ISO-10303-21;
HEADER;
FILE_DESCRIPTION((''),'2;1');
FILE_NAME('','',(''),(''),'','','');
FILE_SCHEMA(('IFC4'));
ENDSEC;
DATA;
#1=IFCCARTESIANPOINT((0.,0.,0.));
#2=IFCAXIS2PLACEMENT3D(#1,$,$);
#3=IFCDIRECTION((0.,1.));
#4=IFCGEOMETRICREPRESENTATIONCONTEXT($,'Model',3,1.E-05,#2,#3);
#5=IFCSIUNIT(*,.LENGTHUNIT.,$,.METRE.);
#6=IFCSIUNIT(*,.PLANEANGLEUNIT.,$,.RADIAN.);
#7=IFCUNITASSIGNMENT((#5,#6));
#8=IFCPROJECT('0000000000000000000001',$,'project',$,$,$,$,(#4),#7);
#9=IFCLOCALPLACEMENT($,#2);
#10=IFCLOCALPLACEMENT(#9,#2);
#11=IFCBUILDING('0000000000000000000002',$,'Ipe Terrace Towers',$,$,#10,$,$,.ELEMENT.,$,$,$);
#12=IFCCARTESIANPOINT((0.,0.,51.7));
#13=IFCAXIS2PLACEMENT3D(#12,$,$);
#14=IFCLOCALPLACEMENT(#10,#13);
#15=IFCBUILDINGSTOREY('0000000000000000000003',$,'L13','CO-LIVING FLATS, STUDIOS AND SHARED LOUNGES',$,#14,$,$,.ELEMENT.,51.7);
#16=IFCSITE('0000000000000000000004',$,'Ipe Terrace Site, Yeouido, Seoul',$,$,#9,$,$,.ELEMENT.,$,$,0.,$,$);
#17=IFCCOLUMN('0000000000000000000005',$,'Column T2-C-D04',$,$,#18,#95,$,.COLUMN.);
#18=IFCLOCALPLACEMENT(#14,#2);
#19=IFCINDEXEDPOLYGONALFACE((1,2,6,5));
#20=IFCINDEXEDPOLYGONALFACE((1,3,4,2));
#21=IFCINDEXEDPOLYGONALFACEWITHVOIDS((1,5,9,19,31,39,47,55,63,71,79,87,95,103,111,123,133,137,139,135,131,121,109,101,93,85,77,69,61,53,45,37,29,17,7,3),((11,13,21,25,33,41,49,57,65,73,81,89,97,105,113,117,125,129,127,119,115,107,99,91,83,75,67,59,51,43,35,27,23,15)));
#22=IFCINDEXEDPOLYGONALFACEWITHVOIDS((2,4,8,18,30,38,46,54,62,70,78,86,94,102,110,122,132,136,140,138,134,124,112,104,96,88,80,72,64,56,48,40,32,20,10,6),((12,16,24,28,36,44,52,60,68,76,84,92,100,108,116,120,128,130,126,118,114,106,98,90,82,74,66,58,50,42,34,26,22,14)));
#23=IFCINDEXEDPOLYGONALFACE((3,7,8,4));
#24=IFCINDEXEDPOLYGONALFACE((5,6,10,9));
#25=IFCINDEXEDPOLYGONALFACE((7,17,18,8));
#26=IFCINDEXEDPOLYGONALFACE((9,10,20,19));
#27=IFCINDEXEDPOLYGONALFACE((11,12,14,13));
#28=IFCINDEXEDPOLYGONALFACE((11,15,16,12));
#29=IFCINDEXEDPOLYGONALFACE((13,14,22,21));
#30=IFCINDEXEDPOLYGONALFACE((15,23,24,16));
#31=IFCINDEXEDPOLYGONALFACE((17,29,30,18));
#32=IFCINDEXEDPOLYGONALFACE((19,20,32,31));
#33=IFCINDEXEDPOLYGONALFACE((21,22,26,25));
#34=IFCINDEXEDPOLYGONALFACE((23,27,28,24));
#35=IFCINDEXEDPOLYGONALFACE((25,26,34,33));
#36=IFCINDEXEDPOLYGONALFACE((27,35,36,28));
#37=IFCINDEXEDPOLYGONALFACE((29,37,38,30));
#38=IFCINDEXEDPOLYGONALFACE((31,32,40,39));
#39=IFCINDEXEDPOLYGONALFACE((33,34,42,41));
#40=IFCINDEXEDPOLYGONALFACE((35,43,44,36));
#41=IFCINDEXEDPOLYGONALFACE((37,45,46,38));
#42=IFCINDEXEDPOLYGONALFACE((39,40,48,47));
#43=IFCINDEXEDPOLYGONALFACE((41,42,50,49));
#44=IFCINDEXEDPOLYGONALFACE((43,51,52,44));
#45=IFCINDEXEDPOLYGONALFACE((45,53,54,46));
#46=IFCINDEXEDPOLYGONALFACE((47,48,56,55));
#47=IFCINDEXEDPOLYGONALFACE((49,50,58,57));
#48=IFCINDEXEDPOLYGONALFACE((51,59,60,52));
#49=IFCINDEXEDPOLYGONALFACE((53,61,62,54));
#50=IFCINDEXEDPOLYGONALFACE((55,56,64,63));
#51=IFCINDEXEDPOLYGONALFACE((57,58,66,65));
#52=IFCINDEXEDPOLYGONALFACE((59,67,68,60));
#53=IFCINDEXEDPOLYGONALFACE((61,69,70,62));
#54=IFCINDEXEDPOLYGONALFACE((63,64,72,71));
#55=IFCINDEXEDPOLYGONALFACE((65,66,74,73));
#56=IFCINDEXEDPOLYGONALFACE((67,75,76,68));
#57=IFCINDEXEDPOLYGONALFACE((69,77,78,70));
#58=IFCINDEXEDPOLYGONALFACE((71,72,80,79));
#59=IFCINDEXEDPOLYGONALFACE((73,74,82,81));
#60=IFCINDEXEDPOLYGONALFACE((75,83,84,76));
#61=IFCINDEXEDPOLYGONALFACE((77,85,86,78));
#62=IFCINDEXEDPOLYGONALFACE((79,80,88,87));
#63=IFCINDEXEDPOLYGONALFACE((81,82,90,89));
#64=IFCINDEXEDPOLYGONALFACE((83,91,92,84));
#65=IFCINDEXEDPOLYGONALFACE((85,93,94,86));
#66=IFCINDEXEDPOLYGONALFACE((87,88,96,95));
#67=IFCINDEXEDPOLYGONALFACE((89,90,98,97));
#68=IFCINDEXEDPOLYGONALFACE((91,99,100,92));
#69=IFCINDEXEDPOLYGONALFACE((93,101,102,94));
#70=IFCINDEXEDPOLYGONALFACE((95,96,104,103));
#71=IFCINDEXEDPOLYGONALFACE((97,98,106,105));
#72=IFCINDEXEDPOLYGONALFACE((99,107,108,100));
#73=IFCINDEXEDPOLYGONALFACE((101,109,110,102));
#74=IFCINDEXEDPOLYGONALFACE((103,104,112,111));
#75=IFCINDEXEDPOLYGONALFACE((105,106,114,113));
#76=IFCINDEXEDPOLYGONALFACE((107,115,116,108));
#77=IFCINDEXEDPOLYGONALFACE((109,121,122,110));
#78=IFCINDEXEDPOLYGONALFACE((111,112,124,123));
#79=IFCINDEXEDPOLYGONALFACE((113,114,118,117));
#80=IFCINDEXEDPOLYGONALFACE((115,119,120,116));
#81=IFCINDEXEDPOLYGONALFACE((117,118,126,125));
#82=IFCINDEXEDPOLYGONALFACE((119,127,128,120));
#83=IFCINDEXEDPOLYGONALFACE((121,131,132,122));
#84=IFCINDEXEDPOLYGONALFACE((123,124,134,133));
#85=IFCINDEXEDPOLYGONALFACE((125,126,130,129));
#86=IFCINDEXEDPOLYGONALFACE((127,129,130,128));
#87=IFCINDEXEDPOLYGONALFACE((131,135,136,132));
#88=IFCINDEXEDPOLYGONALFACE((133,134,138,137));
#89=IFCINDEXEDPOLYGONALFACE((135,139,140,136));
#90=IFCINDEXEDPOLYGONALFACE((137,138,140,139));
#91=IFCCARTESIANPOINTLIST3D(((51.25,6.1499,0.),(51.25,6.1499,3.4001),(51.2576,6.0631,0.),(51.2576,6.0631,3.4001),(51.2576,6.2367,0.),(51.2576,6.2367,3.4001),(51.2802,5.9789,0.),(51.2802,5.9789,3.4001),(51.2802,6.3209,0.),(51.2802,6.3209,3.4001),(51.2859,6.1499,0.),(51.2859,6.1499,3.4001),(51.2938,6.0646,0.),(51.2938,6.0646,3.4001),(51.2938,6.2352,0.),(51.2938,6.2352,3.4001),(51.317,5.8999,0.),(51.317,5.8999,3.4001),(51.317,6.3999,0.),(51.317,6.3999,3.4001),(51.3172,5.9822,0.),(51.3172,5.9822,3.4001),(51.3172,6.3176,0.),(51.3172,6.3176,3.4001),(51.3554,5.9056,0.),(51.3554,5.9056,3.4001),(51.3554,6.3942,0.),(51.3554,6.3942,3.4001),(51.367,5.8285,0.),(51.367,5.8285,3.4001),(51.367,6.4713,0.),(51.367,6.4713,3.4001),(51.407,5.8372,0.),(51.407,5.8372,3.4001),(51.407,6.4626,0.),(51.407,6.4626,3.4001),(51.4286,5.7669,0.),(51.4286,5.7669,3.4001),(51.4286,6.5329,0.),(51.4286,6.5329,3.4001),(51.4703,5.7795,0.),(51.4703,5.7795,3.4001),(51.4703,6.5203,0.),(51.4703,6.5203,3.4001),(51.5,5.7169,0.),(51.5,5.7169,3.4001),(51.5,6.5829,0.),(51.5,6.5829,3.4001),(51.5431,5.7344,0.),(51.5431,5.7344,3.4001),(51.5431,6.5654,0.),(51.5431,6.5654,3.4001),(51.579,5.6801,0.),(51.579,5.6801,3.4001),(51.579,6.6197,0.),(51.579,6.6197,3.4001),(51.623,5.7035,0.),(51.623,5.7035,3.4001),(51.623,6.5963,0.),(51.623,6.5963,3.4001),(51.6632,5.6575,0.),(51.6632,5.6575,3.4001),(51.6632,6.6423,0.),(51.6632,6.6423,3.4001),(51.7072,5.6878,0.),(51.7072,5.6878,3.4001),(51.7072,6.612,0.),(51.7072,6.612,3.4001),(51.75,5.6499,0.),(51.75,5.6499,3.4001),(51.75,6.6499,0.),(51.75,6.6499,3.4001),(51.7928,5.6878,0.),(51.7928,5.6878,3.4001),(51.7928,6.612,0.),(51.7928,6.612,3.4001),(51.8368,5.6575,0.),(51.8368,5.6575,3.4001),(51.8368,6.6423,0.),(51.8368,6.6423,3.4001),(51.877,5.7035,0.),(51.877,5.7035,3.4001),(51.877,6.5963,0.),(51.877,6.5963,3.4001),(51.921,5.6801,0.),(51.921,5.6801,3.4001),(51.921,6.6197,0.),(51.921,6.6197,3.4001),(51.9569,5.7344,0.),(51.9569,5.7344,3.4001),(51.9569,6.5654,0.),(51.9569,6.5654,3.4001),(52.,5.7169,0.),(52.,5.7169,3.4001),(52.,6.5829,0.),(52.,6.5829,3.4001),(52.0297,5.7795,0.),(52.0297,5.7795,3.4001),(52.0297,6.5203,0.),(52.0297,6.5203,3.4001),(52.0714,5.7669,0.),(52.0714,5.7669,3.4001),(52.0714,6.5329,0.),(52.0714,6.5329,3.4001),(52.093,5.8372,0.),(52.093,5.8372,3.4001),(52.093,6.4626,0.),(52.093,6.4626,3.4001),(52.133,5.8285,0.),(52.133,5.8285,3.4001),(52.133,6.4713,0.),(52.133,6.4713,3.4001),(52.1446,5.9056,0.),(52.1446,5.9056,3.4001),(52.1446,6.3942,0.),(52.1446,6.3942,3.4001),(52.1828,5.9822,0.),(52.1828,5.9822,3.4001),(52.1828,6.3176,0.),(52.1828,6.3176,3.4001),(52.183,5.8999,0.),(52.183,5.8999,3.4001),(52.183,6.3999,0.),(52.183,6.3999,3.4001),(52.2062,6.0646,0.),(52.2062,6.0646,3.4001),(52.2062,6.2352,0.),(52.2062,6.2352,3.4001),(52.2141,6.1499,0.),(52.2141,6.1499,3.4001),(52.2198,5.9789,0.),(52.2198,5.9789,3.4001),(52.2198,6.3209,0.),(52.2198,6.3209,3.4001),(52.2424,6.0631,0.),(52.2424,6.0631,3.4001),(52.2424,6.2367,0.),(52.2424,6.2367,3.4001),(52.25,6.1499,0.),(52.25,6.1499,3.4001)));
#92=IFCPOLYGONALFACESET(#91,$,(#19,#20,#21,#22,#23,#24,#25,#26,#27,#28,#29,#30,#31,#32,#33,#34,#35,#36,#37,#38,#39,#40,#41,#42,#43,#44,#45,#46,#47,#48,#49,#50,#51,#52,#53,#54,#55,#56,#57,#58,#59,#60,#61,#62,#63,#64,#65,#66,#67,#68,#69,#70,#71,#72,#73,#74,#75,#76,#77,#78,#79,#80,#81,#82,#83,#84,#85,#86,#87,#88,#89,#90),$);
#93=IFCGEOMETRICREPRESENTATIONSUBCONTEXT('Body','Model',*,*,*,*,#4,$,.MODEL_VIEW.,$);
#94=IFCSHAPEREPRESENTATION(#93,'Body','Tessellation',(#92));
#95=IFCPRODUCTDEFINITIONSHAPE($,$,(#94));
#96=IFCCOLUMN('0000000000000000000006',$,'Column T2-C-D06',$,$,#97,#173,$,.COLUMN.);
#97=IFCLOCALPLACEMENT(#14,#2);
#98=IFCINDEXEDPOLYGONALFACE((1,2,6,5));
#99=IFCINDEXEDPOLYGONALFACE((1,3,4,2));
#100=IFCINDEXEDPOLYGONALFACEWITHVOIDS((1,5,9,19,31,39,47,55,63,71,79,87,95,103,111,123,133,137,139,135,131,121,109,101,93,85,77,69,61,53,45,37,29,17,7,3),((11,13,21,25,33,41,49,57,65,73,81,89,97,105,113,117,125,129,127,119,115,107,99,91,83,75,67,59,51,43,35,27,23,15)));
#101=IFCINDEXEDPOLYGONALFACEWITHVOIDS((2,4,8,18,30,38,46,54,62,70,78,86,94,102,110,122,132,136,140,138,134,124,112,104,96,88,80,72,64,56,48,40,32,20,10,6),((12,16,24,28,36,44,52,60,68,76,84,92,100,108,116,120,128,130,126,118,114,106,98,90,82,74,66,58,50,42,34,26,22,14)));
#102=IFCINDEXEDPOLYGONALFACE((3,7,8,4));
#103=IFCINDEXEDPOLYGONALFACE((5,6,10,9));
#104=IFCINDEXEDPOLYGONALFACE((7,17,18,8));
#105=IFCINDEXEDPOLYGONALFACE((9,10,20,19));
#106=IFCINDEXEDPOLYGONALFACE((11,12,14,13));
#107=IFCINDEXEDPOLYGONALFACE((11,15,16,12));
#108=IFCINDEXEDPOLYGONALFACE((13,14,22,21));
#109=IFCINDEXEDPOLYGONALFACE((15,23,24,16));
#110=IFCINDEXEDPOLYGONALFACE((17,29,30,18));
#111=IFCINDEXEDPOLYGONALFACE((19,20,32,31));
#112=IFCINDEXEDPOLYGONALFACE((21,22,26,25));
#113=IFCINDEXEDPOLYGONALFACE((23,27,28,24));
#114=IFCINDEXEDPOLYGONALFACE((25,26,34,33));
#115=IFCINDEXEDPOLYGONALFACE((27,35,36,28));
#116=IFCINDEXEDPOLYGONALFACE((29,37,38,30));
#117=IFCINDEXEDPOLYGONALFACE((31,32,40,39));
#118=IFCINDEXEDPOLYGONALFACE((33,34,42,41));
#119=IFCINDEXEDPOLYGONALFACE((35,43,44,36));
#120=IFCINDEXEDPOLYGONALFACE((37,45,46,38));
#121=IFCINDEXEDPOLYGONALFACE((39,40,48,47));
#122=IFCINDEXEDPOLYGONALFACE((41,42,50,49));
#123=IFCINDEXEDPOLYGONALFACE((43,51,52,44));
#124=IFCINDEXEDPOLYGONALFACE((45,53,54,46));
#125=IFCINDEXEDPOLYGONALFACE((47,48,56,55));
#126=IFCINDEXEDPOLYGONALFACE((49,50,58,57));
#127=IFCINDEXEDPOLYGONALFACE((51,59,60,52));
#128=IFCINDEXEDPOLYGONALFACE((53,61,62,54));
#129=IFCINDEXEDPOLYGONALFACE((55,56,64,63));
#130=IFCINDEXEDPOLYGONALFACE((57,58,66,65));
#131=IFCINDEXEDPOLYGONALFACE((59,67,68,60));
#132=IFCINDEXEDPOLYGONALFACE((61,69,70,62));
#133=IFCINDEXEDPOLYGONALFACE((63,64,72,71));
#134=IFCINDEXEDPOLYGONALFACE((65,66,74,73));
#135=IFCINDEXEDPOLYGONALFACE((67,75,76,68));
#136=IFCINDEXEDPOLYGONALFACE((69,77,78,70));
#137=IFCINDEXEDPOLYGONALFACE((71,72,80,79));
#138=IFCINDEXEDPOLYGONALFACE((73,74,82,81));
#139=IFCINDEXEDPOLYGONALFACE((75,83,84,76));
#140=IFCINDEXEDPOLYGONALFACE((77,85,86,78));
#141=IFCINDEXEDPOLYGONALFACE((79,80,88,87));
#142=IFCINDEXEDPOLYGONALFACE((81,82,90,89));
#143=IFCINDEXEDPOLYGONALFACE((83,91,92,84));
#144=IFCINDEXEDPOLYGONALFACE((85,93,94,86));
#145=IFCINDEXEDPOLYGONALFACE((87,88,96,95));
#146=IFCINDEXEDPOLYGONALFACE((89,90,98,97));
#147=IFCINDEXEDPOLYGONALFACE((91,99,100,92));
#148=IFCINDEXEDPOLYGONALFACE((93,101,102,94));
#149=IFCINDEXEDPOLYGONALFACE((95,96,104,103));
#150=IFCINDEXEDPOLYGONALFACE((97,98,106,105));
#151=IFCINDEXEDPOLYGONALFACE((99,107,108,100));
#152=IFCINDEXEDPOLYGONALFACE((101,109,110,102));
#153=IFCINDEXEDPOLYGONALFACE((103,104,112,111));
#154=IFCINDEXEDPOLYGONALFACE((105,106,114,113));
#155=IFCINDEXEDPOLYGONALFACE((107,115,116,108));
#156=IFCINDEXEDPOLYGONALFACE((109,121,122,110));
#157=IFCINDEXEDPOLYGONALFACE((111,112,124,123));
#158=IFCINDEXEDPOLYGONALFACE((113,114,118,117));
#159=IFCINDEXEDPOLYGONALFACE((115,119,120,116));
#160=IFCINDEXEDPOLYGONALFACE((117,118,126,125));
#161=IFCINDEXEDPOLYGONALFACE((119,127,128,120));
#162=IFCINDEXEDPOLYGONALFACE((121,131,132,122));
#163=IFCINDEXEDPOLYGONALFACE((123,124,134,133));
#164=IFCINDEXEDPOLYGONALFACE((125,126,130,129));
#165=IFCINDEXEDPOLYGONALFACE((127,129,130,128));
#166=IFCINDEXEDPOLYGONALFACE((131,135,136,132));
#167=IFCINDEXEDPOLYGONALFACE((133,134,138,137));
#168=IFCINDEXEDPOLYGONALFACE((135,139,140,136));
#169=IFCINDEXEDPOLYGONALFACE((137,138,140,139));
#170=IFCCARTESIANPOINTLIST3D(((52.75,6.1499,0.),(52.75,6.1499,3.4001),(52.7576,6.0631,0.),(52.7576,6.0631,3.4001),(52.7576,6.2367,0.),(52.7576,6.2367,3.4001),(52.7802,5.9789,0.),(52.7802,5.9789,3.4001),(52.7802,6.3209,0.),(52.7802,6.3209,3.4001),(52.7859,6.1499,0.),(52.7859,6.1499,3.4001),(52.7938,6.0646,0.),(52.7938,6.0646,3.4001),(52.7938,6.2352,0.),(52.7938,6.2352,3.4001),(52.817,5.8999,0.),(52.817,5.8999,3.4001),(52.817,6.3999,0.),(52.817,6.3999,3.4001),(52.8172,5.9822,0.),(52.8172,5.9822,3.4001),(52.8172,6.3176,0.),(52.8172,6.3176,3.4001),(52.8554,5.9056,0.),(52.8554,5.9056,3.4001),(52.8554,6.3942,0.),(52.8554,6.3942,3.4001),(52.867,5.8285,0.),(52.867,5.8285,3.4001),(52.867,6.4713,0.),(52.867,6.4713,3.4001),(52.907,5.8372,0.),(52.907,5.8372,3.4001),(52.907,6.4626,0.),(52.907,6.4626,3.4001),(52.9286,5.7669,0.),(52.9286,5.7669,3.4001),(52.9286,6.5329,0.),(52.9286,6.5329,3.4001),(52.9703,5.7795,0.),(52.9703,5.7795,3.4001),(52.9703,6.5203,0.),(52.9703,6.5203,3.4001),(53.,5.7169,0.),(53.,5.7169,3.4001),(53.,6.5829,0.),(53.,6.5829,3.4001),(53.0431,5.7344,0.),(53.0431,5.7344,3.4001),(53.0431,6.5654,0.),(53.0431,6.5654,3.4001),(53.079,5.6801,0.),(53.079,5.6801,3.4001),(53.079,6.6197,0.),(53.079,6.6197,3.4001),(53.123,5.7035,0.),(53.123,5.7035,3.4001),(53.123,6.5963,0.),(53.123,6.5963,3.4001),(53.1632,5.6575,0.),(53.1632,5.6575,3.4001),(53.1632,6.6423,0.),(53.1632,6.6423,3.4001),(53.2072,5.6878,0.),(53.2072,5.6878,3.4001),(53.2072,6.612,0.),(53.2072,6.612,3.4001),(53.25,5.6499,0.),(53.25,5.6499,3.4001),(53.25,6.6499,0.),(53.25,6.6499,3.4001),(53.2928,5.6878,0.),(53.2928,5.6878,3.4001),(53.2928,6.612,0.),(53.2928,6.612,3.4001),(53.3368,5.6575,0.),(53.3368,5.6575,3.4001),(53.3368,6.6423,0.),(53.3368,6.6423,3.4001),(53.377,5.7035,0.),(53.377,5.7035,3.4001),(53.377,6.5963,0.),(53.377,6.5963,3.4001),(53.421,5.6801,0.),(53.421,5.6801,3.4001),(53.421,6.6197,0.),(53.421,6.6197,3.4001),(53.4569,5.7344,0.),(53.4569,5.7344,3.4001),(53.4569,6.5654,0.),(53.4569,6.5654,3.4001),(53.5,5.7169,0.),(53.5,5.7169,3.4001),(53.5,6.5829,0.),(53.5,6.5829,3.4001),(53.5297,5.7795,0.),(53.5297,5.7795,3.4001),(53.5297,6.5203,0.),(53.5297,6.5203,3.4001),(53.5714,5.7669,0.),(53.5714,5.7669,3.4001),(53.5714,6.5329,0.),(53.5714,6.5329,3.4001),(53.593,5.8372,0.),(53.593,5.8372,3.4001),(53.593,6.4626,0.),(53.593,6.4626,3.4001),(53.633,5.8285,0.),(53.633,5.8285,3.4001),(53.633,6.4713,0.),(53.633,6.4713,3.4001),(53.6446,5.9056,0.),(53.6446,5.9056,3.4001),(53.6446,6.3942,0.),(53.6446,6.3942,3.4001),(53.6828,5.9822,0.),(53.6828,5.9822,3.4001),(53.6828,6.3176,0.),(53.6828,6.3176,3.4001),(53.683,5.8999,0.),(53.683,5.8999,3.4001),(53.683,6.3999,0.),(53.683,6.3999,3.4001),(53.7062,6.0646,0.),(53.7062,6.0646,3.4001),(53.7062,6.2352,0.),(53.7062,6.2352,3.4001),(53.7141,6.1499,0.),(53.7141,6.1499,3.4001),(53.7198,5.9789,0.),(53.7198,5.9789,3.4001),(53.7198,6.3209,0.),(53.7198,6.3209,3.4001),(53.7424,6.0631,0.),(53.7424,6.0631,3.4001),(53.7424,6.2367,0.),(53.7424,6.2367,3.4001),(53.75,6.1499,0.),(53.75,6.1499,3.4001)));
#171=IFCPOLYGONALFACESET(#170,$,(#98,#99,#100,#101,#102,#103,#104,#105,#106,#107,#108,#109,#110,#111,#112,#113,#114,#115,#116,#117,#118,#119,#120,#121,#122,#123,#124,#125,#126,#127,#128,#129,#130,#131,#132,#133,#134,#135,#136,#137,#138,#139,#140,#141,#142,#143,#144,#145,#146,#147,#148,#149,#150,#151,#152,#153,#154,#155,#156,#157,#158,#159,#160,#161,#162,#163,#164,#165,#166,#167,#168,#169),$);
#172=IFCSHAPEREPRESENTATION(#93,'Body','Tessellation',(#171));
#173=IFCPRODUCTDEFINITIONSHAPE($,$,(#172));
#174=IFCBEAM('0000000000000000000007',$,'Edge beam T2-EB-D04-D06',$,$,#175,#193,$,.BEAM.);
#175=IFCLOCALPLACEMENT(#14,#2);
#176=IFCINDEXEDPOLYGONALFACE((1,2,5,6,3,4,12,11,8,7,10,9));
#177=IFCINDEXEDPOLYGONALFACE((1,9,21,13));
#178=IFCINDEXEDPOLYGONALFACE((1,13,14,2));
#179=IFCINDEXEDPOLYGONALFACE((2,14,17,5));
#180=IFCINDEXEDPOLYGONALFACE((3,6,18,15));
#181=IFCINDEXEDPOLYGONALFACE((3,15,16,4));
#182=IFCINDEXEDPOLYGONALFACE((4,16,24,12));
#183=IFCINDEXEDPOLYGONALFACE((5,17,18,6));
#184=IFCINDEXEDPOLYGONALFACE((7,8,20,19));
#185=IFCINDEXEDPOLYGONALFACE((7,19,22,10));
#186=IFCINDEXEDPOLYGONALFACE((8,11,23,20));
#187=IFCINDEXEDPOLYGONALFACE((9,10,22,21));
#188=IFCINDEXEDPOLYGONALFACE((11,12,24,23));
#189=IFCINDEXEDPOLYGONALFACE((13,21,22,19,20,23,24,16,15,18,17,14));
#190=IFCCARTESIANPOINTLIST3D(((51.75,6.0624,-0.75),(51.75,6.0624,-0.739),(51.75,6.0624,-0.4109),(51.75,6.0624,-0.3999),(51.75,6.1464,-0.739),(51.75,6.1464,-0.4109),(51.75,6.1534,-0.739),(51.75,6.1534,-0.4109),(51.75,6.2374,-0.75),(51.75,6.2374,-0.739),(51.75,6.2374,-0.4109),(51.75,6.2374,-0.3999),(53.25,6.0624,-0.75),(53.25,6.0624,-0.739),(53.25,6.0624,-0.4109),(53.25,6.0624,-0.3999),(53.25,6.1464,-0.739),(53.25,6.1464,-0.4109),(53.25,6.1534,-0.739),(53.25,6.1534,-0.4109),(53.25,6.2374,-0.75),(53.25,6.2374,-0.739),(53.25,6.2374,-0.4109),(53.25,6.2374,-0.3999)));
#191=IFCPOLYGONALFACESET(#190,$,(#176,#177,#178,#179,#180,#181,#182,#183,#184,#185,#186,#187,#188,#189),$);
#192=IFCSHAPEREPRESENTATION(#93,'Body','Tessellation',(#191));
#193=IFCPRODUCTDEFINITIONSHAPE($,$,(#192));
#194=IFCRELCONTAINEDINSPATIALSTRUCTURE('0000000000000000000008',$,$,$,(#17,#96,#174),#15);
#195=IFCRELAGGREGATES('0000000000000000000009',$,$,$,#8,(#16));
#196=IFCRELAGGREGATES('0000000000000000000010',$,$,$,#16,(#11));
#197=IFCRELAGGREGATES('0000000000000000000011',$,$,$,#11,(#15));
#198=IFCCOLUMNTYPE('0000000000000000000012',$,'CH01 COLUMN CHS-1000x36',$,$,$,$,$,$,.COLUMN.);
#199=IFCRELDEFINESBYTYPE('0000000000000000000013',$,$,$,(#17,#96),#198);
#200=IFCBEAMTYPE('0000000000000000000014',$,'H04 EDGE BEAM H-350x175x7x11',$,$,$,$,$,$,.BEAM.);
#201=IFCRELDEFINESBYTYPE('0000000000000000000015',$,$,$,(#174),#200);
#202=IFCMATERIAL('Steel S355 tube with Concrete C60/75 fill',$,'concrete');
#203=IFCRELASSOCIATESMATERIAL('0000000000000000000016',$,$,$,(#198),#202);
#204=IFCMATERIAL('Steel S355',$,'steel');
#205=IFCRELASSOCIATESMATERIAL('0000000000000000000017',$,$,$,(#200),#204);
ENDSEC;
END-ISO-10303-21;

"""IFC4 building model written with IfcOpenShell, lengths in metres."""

from ifc_helpers import new_model, si_unit, direction, frame, origin, origin_2d, place, context, subcontext, project, spatial, hollow_circle, i_section, extrude, material, material_profile, profile_set, type_object, element, save


model = new_model("IFC4")

# Units and contexts
model_context = context("Model", 3, precision=1e-05, world=origin(), true_north=direction((0.0, 1.0)))
body_context = subcontext(model_context, "Body", "Model", "MODEL_VIEW")
ifc_project = project(units=[si_unit("LENGTHUNIT", "METRE"), si_unit("PLANEANGLEUNIT", "RADIAN")], contexts=[model_context])

# Site, building, storey
site_placement = place(None, origin())
site = spatial("IfcSite", under=ifc_project, at=site_placement, Name="Ipe Terrace Site, Yeouido, Seoul", CompositionType="ELEMENT", RefElevation=0.0)
building_placement = place(site_placement, origin())
building = spatial("IfcBuilding", under=site, at=building_placement, Name="Ipe Terrace Towers", CompositionType="ELEMENT")
storey_placement = place(building_placement, frame((0.0, 0.0, 51.7)))
storey = spatial("IfcBuildingStorey", under=building, at=storey_placement, Name="L13", Description="CO-LIVING FLATS, STUDIOS AND SHARED LOUNGES", CompositionType="ELEMENT", Elevation=51.7)

# Columns
ifc_material_1 = material(Name="Steel S355 tube with Concrete C60/75 fill", Category="concrete")
ifc_material_profile_1 = material_profile(ifc_material_1, hollow_circle(Radius=0.5, WallThickness=0.0359, at=origin_2d()), Name="CHS-1000x36")
ifc_profile_set_1 = profile_set([ifc_material_profile_1], Name="Steel S355 tube with Concrete C60/75 fill")
column_type = type_object("IfcColumnType", Name="CH01 COLUMN CHS-1000x36", PredefinedType="COLUMN", material=ifc_profile_set_1)
for number, where, z_axis, x_axis, name in (
    (1, (51.75, 6.1499, 0.0), (0.0, 0.0, 1.0), (1.0, 0.0, 0.0), "Column T2-C-D04"),
    (2, (53.25, 6.1499, 0.0), (0.0, 0.0, 1.0), (1.0, 0.0, 0.0), "Column T2-C-D06"),
):
    element("IfcColumn", number, at=place(storey_placement, frame(where, z_axis=z_axis, x_axis=x_axis)), inside=storey, type_object=column_type, Name=name, PredefinedType="COLUMN", context=body_context, shape_type="SweptSolid", body=[
        extrude(hollow_circle(Radius=0.5, WallThickness=0.0359, at=origin_2d()), origin(), (0.0, 0.0, 1.0), 3.4001),
    ])

# Beam
ifc_material_2 = material(Name="Steel S355", Category="steel")
ifc_material_profile_2 = material_profile(ifc_material_2, i_section(OverallWidth=0.175, OverallDepth=0.3501, WebThickness=0.0071, FlangeThickness=0.011, at=origin_2d()), Name="H-350x175x7x11")
ifc_profile_set_2 = profile_set([ifc_material_profile_2], Name="Steel S355")
beam_type = type_object("IfcBeamType", Name="H04 EDGE BEAM H-350x175x7x11", PredefinedType="BEAM", material=ifc_profile_set_2)
beam_placement = place(storey_placement, frame((51.75, 6.1499, -0.575), z_axis=(1.0, 0.0, 0.0), x_axis=(0.0, 1.0, 0.0)))
element("IfcBeam", 3, at=beam_placement, inside=storey, type_object=beam_type, Name="Edge beam T2-EB-D04-D06", PredefinedType="BEAM", context=body_context, shape_type="SweptSolid", body=[
    extrude(i_section(OverallWidth=0.175, OverallDepth=0.3501, WebThickness=0.0071, FlangeThickness=0.011, at=origin_2d()), origin(), (0.0, 0.0, 1.0), 1.5),
])

save(model, "model.ifc")
